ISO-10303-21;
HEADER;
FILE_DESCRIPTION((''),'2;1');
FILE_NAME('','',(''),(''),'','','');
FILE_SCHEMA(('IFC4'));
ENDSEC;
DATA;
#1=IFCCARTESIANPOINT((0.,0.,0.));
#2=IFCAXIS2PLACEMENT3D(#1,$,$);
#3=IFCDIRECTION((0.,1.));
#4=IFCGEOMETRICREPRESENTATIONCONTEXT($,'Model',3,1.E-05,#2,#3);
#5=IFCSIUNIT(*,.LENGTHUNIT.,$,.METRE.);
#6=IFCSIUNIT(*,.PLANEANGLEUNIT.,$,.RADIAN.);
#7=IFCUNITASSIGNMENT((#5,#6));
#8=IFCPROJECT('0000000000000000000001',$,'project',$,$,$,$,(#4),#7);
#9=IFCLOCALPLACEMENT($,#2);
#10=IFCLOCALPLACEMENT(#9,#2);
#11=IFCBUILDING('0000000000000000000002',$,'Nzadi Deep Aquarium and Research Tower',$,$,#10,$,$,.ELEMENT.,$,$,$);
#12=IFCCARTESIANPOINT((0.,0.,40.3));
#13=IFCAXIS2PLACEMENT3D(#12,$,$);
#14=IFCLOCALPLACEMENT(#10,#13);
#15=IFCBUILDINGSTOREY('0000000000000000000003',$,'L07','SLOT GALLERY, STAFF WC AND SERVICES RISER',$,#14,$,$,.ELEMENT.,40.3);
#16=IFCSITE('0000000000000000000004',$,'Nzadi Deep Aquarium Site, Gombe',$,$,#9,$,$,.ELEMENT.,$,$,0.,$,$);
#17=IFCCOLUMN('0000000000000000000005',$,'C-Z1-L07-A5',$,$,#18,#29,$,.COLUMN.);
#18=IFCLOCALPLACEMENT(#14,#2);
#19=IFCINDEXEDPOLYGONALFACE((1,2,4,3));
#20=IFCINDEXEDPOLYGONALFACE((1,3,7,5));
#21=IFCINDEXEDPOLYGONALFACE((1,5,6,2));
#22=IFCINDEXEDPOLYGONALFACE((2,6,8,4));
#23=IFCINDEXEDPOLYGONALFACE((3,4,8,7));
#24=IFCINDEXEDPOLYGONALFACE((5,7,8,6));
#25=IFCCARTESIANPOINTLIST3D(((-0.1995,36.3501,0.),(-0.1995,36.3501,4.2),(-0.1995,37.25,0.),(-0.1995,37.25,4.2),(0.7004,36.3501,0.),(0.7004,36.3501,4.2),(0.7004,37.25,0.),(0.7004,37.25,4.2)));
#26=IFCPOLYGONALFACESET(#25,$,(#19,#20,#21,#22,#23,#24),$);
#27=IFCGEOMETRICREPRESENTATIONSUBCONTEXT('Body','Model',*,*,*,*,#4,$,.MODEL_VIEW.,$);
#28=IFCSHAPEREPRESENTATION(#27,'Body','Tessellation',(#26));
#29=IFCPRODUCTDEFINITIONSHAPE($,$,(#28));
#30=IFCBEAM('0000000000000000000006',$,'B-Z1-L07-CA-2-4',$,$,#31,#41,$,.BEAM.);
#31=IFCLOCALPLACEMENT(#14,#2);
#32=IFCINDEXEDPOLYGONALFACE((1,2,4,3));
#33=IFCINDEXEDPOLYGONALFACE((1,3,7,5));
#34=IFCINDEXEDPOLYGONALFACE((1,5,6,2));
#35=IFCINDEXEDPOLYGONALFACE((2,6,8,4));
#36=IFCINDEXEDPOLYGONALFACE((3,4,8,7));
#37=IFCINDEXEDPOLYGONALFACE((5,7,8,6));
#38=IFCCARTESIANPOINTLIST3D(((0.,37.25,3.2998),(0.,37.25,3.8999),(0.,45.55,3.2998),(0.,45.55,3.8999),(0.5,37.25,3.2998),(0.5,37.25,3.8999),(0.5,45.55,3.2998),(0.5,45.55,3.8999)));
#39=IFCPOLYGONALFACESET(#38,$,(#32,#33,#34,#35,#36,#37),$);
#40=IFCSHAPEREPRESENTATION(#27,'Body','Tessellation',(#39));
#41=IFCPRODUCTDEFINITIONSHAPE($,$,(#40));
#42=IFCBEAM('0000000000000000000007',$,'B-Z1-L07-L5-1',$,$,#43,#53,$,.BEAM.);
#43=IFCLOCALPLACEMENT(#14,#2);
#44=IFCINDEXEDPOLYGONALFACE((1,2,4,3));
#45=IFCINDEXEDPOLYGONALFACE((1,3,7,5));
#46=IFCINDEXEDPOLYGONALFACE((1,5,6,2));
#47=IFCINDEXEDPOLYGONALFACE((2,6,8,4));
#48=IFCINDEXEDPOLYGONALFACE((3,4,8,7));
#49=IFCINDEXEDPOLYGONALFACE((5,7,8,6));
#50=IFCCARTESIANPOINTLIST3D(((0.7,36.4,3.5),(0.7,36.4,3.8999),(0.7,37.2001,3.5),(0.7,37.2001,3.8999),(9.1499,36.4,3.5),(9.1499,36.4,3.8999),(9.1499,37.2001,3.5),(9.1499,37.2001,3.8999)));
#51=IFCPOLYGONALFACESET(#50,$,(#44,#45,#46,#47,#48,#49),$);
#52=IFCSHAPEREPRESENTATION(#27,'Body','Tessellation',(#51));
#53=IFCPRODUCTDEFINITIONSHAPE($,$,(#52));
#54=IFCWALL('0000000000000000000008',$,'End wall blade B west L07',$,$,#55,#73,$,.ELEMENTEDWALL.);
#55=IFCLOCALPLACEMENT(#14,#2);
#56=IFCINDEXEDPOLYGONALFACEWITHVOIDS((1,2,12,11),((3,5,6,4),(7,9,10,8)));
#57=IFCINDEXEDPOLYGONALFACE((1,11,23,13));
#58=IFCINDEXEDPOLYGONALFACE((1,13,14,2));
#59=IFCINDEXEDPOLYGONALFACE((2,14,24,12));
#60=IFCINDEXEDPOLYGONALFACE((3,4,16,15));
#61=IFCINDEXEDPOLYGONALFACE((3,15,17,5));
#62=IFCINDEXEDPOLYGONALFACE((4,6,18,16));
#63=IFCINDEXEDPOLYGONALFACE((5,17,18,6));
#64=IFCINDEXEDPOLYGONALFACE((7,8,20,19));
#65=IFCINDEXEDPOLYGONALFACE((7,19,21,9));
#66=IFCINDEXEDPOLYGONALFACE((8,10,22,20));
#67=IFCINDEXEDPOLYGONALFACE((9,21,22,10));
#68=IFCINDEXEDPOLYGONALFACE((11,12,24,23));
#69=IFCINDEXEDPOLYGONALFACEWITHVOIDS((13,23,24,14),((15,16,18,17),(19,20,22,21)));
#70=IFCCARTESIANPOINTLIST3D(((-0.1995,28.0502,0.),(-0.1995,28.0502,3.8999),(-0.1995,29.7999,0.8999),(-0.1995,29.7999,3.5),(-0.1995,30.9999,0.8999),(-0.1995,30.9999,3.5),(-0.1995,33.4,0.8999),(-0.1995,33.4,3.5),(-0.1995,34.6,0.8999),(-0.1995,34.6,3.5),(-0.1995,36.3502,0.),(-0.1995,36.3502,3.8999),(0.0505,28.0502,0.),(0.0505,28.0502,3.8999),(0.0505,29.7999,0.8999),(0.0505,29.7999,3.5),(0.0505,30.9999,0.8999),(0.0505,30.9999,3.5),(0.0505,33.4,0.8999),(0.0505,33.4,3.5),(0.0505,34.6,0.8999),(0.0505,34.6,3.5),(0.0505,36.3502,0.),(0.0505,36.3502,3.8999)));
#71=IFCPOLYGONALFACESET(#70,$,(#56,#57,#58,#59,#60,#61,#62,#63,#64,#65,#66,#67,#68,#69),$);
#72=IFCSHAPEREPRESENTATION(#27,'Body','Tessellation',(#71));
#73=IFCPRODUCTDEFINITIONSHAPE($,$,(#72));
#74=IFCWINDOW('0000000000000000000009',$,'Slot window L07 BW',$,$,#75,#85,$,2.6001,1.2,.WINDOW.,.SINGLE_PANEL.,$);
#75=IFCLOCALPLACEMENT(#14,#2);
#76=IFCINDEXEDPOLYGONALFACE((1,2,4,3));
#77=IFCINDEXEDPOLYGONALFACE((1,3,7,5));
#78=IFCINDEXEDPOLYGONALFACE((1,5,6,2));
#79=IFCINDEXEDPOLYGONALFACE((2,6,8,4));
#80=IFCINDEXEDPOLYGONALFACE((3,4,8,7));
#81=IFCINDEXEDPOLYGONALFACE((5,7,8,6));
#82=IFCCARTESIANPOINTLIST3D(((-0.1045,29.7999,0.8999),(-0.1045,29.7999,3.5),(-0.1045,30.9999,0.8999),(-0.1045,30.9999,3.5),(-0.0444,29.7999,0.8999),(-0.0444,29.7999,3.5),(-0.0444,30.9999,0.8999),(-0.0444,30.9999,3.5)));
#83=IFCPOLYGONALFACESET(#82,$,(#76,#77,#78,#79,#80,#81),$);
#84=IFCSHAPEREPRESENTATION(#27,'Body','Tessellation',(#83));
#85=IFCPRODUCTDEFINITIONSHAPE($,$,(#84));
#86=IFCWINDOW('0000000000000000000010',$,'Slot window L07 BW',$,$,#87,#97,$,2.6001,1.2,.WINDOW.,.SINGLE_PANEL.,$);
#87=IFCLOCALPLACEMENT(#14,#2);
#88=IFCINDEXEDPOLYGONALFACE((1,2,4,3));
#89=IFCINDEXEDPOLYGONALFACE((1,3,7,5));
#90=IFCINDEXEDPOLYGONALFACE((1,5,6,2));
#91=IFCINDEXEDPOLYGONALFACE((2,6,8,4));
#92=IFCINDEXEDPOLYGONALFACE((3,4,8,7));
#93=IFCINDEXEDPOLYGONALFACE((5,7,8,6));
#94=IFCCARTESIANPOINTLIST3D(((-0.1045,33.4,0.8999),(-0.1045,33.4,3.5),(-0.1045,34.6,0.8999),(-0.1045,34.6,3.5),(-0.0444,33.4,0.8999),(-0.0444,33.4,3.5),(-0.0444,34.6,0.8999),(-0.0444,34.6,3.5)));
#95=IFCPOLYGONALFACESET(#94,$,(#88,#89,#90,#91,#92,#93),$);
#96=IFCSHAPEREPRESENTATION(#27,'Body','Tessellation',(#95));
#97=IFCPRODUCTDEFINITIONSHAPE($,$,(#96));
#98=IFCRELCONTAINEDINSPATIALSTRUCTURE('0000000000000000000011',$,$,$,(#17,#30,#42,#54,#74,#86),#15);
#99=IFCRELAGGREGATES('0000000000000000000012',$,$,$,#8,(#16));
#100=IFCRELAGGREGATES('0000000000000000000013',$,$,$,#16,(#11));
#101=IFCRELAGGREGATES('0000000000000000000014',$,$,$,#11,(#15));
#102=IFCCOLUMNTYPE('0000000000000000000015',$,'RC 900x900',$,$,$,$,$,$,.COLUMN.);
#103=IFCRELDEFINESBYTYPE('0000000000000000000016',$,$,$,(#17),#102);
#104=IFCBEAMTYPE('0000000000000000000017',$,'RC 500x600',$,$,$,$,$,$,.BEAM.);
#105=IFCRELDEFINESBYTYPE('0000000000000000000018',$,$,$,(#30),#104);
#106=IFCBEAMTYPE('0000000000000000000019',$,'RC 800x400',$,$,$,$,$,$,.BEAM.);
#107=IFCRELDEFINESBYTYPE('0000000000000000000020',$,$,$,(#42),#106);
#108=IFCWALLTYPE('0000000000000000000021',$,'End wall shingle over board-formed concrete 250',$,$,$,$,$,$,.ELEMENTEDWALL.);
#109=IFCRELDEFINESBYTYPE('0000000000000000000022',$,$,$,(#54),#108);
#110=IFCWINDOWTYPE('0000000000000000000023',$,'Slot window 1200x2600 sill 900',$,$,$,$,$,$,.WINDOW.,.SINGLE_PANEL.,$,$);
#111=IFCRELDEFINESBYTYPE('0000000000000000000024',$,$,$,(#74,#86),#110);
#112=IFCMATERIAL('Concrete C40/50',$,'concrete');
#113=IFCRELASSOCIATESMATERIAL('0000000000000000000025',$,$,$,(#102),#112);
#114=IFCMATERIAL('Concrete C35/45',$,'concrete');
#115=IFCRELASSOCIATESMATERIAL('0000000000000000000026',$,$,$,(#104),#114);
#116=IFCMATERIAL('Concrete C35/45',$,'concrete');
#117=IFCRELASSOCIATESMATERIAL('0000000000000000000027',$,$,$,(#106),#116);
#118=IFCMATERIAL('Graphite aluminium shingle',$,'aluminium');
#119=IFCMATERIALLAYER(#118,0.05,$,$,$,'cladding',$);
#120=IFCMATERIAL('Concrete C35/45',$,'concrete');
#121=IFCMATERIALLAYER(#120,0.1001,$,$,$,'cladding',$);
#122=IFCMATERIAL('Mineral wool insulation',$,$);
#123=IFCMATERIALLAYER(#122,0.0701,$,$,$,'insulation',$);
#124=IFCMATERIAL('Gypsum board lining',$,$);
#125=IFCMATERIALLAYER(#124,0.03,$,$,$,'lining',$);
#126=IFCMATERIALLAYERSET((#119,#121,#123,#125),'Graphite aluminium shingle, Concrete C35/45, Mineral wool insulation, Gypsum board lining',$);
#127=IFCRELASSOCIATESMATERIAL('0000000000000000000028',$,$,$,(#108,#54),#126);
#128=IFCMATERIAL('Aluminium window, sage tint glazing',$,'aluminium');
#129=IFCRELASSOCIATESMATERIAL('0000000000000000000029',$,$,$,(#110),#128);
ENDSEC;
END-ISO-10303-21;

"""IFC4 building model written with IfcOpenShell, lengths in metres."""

from ifc_helpers import new_model, si_unit, direction, frame, frame_2d, origin, origin_2d, place, context, subcontext, project, spatial, rectangle, extrude, material, layer, layer_set, layer_usage, material_profile, profile_set, type_object, element, fill, save


model = new_model("IFC4")

# Units and contexts
model_context = context("Model", 3, precision=1e-05, world=origin(), true_north=direction((0.0, 1.0)))
body_context = subcontext(model_context, "Body", "Model", "MODEL_VIEW")
ifc_project = project(units=[si_unit("LENGTHUNIT", "METRE"), si_unit("PLANEANGLEUNIT", "RADIAN")], contexts=[model_context])

# Site, building, storey
site_placement = place(None, origin())
site = spatial("IfcSite", under=ifc_project, at=site_placement, Name="Nzadi Deep Aquarium Site, Gombe", CompositionType="ELEMENT", RefElevation=0.0)
building_placement = place(site_placement, origin())
building = spatial("IfcBuilding", under=site, at=building_placement, Name="Nzadi Deep Aquarium and Research Tower", CompositionType="ELEMENT")
storey_placement = place(building_placement, frame((0.0, 0.0, 40.3)))
storey = spatial("IfcBuildingStorey", under=building, at=storey_placement, Name="L07", Description="SLOT GALLERY, STAFF WC AND SERVICES RISER", CompositionType="ELEMENT", Elevation=40.3)

# Column
ifc_material_1 = material(Name="Concrete C40/50", Category="concrete")
ifc_material_profile_1 = material_profile(ifc_material_1, rectangle(XDim=0.8999, YDim=0.8999, at=origin_2d()))
ifc_profile_set_1 = profile_set([ifc_material_profile_1], Name="Concrete C40/50")
column_type = type_object("IfcColumnType", Name="RC 900x900", PredefinedType="COLUMN", material=ifc_profile_set_1)
column_placement = place(storey_placement, frame((0.2505, 36.8, 0.0), z_axis=(0.0, 0.0, 1.0), x_axis=(1.0, 0.0, 0.0)))
element("IfcColumn", 1, at=column_placement, inside=storey, type_object=column_type, Name="C-Z1-L07-A5", PredefinedType="COLUMN", context=body_context, shape_type="SweptSolid", body=[
    extrude(rectangle(XDim=0.8999, YDim=0.8999, at=origin_2d()), origin(), (0.0, 0.0, 1.0), 4.2),
])

# Beams
ifc_material_2 = material(Name="Concrete C35/45", Category="concrete")
ifc_material_profile_2 = material_profile(ifc_material_2, rectangle(XDim=0.5, YDim=0.6001, at=origin_2d()))
ifc_profile_set_2 = profile_set([ifc_material_profile_2], Name="Concrete C35/45")
beam_type_1 = type_object("IfcBeamType", Name="RC 500x600", PredefinedType="BEAM", material=ifc_profile_set_2)
beam_1_placement = place(storey_placement, frame((0.25, 37.25, 3.5999), z_axis=(0.0, 1.0, 0.0), x_axis=(-1.0, 0.0, 0.0)))
element("IfcBeam", 2, at=beam_1_placement, inside=storey, type_object=beam_type_1, Name="B-Z1-L07-CA-2-4", PredefinedType="BEAM", context=body_context, shape_type="SweptSolid", body=[
    extrude(rectangle(XDim=0.5, YDim=0.6001, at=origin_2d()), origin(), (0.0, 0.0, 1.0), 8.3),
])
ifc_material_3 = material(Name="Concrete C35/45", Category="concrete")
ifc_material_profile_3 = material_profile(ifc_material_3, rectangle(XDim=0.8, YDim=0.3999, at=origin_2d()))
ifc_profile_set_3 = profile_set([ifc_material_profile_3], Name="Concrete C35/45")
beam_type_2 = type_object("IfcBeamType", Name="RC 800x400", PredefinedType="BEAM", material=ifc_profile_set_3)
beam_2_placement = place(storey_placement, frame((0.7, 36.8, 3.7), z_axis=(1.0, 0.0, 0.0), x_axis=(0.0, 1.0, 0.0)))
element("IfcBeam", 3, at=beam_2_placement, inside=storey, type_object=beam_type_2, Name="B-Z1-L07-L5-1", PredefinedType="BEAM", context=body_context, shape_type="SweptSolid", body=[
    extrude(rectangle(XDim=0.8, YDim=0.3999, at=origin_2d()), origin(), (0.0, 0.0, 1.0), 8.45),
])

# Wall, openings, windows
ifc_material_4 = material(Name="Graphite aluminium shingle", Category="aluminium")
ifc_layer_1 = layer(ifc_material_4, 0.05, Category="cladding")
ifc_material_5 = material(Name="Concrete C35/45", Category="concrete")
ifc_layer_2 = layer(ifc_material_5, 0.1001, Category="cladding")
ifc_material_6 = material(Name="Mineral wool insulation")
ifc_layer_3 = layer(ifc_material_6, 0.0701, Category="insulation")
ifc_material_7 = material(Name="Gypsum board lining")
ifc_layer_4 = layer(ifc_material_7, 0.03, Category="lining")
ifc_layer_set_1 = layer_set([ifc_layer_1, ifc_layer_2, ifc_layer_3, ifc_layer_4], Name="Graphite aluminium shingle, Concrete C35/45, Mineral wool insulation, Gypsum board lining")
ifc_layer_usage = layer_usage(ifc_layer_set_1, "AXIS2", "POSITIVE", -0.125)
wall_type_1 = type_object("IfcWallType", Name="End wall shingle over board-formed concrete 250", PredefinedType="ELEMENTEDWALL", material=ifc_layer_set_1)
wall_1_placement = place(storey_placement, frame((-0.0745, 36.3501, 0.0), z_axis=(0.0, 0.0, 1.0), x_axis=(0.0, -1.0, 0.0)))
wall_1 = element("IfcWall", 4, at=wall_1_placement, inside=storey, type_object=wall_type_1, material=ifc_layer_usage, Name="End wall blade B west L07", PredefinedType="ELEMENTEDWALL", context=body_context, shape_type="SweptSolid", body=[
    extrude(rectangle(XDim=8.3, YDim=0.25, at=frame_2d((4.1499, 0.0))), origin(), (0.0, 0.0, 1.0), 3.8999),
])
opening_1_placement = place(wall_1_placement, frame((5.3501, 0.0, 0.8999)))
opening_1 = element("IfcOpeningElement", 5, at=opening_1_placement, cuts=wall_1, PredefinedType="OPENING", context=body_context, shape_type="SweptSolid", body=[
    extrude(rectangle(XDim=1.2, YDim=2.6001, at=frame_2d((0.6001, 1.3))), frame((0.0, 0.135, 0.0), z_axis=(0.0, -1.0, 0.0), x_axis=(1.0, 0.0, 0.0)), (0.0, 0.0, 1.0), 0.27),
])
opening_2_placement = place(wall_1_placement, frame((1.75, 0.0, 0.8999)))
opening_2 = element("IfcOpeningElement", 6, at=opening_2_placement, cuts=wall_1, PredefinedType="OPENING", context=body_context, shape_type="SweptSolid", body=[
    extrude(rectangle(XDim=1.2, YDim=2.6001, at=frame_2d((0.6001, 1.3))), frame((0.0, 0.135, 0.0), z_axis=(0.0, -1.0, 0.0), x_axis=(1.0, 0.0, 0.0)), (0.0, 0.0, 1.0), 0.27),
])
ifc_material_8 = material(Name="Aluminium window, sage tint glazing", Category="aluminium")
window_type = type_object("IfcWindowType", Name="Slot window 1200x2600 sill 900", PartitioningType="SINGLE_PANEL", PredefinedType="WINDOW", material=ifc_material_8)
window_1_placement = place(opening_1_placement, origin())
window_1 = element("IfcWindow", 7, at=window_1_placement, inside=storey, type_object=window_type, Name="Slot window L07 BW", OverallHeight=2.6001, OverallWidth=1.2, PartitioningType="SINGLE_PANEL", PredefinedType="WINDOW", context=body_context, shape_type="SweptSolid", body=[
    extrude(rectangle(XDim=1.2, YDim=2.6001, at=frame_2d((0.6001, 1.3))), frame((0.0, 0.03, 0.0), z_axis=(0.0, -1.0, 0.0), x_axis=(1.0, 0.0, 0.0)), (0.0, 0.0, 1.0), 0.0601),
])
fill(opening_1, window_1)
window_2_placement = place(opening_2_placement, origin())
window_2 = element("IfcWindow", 8, at=window_2_placement, inside=storey, type_object=window_type, Name="Slot window L07 BW", OverallHeight=2.6001, OverallWidth=1.2, PartitioningType="SINGLE_PANEL", PredefinedType="WINDOW", context=body_context, shape_type="SweptSolid", body=[
    extrude(rectangle(XDim=1.2, YDim=2.6001, at=frame_2d((0.6001, 1.3))), frame((0.0, 0.03, 0.0), z_axis=(0.0, -1.0, 0.0), x_axis=(1.0, 0.0, 0.0)), (0.0, 0.0, 1.0), 0.0601),
])
fill(opening_2, window_2)

save(model, "model.ifc")
